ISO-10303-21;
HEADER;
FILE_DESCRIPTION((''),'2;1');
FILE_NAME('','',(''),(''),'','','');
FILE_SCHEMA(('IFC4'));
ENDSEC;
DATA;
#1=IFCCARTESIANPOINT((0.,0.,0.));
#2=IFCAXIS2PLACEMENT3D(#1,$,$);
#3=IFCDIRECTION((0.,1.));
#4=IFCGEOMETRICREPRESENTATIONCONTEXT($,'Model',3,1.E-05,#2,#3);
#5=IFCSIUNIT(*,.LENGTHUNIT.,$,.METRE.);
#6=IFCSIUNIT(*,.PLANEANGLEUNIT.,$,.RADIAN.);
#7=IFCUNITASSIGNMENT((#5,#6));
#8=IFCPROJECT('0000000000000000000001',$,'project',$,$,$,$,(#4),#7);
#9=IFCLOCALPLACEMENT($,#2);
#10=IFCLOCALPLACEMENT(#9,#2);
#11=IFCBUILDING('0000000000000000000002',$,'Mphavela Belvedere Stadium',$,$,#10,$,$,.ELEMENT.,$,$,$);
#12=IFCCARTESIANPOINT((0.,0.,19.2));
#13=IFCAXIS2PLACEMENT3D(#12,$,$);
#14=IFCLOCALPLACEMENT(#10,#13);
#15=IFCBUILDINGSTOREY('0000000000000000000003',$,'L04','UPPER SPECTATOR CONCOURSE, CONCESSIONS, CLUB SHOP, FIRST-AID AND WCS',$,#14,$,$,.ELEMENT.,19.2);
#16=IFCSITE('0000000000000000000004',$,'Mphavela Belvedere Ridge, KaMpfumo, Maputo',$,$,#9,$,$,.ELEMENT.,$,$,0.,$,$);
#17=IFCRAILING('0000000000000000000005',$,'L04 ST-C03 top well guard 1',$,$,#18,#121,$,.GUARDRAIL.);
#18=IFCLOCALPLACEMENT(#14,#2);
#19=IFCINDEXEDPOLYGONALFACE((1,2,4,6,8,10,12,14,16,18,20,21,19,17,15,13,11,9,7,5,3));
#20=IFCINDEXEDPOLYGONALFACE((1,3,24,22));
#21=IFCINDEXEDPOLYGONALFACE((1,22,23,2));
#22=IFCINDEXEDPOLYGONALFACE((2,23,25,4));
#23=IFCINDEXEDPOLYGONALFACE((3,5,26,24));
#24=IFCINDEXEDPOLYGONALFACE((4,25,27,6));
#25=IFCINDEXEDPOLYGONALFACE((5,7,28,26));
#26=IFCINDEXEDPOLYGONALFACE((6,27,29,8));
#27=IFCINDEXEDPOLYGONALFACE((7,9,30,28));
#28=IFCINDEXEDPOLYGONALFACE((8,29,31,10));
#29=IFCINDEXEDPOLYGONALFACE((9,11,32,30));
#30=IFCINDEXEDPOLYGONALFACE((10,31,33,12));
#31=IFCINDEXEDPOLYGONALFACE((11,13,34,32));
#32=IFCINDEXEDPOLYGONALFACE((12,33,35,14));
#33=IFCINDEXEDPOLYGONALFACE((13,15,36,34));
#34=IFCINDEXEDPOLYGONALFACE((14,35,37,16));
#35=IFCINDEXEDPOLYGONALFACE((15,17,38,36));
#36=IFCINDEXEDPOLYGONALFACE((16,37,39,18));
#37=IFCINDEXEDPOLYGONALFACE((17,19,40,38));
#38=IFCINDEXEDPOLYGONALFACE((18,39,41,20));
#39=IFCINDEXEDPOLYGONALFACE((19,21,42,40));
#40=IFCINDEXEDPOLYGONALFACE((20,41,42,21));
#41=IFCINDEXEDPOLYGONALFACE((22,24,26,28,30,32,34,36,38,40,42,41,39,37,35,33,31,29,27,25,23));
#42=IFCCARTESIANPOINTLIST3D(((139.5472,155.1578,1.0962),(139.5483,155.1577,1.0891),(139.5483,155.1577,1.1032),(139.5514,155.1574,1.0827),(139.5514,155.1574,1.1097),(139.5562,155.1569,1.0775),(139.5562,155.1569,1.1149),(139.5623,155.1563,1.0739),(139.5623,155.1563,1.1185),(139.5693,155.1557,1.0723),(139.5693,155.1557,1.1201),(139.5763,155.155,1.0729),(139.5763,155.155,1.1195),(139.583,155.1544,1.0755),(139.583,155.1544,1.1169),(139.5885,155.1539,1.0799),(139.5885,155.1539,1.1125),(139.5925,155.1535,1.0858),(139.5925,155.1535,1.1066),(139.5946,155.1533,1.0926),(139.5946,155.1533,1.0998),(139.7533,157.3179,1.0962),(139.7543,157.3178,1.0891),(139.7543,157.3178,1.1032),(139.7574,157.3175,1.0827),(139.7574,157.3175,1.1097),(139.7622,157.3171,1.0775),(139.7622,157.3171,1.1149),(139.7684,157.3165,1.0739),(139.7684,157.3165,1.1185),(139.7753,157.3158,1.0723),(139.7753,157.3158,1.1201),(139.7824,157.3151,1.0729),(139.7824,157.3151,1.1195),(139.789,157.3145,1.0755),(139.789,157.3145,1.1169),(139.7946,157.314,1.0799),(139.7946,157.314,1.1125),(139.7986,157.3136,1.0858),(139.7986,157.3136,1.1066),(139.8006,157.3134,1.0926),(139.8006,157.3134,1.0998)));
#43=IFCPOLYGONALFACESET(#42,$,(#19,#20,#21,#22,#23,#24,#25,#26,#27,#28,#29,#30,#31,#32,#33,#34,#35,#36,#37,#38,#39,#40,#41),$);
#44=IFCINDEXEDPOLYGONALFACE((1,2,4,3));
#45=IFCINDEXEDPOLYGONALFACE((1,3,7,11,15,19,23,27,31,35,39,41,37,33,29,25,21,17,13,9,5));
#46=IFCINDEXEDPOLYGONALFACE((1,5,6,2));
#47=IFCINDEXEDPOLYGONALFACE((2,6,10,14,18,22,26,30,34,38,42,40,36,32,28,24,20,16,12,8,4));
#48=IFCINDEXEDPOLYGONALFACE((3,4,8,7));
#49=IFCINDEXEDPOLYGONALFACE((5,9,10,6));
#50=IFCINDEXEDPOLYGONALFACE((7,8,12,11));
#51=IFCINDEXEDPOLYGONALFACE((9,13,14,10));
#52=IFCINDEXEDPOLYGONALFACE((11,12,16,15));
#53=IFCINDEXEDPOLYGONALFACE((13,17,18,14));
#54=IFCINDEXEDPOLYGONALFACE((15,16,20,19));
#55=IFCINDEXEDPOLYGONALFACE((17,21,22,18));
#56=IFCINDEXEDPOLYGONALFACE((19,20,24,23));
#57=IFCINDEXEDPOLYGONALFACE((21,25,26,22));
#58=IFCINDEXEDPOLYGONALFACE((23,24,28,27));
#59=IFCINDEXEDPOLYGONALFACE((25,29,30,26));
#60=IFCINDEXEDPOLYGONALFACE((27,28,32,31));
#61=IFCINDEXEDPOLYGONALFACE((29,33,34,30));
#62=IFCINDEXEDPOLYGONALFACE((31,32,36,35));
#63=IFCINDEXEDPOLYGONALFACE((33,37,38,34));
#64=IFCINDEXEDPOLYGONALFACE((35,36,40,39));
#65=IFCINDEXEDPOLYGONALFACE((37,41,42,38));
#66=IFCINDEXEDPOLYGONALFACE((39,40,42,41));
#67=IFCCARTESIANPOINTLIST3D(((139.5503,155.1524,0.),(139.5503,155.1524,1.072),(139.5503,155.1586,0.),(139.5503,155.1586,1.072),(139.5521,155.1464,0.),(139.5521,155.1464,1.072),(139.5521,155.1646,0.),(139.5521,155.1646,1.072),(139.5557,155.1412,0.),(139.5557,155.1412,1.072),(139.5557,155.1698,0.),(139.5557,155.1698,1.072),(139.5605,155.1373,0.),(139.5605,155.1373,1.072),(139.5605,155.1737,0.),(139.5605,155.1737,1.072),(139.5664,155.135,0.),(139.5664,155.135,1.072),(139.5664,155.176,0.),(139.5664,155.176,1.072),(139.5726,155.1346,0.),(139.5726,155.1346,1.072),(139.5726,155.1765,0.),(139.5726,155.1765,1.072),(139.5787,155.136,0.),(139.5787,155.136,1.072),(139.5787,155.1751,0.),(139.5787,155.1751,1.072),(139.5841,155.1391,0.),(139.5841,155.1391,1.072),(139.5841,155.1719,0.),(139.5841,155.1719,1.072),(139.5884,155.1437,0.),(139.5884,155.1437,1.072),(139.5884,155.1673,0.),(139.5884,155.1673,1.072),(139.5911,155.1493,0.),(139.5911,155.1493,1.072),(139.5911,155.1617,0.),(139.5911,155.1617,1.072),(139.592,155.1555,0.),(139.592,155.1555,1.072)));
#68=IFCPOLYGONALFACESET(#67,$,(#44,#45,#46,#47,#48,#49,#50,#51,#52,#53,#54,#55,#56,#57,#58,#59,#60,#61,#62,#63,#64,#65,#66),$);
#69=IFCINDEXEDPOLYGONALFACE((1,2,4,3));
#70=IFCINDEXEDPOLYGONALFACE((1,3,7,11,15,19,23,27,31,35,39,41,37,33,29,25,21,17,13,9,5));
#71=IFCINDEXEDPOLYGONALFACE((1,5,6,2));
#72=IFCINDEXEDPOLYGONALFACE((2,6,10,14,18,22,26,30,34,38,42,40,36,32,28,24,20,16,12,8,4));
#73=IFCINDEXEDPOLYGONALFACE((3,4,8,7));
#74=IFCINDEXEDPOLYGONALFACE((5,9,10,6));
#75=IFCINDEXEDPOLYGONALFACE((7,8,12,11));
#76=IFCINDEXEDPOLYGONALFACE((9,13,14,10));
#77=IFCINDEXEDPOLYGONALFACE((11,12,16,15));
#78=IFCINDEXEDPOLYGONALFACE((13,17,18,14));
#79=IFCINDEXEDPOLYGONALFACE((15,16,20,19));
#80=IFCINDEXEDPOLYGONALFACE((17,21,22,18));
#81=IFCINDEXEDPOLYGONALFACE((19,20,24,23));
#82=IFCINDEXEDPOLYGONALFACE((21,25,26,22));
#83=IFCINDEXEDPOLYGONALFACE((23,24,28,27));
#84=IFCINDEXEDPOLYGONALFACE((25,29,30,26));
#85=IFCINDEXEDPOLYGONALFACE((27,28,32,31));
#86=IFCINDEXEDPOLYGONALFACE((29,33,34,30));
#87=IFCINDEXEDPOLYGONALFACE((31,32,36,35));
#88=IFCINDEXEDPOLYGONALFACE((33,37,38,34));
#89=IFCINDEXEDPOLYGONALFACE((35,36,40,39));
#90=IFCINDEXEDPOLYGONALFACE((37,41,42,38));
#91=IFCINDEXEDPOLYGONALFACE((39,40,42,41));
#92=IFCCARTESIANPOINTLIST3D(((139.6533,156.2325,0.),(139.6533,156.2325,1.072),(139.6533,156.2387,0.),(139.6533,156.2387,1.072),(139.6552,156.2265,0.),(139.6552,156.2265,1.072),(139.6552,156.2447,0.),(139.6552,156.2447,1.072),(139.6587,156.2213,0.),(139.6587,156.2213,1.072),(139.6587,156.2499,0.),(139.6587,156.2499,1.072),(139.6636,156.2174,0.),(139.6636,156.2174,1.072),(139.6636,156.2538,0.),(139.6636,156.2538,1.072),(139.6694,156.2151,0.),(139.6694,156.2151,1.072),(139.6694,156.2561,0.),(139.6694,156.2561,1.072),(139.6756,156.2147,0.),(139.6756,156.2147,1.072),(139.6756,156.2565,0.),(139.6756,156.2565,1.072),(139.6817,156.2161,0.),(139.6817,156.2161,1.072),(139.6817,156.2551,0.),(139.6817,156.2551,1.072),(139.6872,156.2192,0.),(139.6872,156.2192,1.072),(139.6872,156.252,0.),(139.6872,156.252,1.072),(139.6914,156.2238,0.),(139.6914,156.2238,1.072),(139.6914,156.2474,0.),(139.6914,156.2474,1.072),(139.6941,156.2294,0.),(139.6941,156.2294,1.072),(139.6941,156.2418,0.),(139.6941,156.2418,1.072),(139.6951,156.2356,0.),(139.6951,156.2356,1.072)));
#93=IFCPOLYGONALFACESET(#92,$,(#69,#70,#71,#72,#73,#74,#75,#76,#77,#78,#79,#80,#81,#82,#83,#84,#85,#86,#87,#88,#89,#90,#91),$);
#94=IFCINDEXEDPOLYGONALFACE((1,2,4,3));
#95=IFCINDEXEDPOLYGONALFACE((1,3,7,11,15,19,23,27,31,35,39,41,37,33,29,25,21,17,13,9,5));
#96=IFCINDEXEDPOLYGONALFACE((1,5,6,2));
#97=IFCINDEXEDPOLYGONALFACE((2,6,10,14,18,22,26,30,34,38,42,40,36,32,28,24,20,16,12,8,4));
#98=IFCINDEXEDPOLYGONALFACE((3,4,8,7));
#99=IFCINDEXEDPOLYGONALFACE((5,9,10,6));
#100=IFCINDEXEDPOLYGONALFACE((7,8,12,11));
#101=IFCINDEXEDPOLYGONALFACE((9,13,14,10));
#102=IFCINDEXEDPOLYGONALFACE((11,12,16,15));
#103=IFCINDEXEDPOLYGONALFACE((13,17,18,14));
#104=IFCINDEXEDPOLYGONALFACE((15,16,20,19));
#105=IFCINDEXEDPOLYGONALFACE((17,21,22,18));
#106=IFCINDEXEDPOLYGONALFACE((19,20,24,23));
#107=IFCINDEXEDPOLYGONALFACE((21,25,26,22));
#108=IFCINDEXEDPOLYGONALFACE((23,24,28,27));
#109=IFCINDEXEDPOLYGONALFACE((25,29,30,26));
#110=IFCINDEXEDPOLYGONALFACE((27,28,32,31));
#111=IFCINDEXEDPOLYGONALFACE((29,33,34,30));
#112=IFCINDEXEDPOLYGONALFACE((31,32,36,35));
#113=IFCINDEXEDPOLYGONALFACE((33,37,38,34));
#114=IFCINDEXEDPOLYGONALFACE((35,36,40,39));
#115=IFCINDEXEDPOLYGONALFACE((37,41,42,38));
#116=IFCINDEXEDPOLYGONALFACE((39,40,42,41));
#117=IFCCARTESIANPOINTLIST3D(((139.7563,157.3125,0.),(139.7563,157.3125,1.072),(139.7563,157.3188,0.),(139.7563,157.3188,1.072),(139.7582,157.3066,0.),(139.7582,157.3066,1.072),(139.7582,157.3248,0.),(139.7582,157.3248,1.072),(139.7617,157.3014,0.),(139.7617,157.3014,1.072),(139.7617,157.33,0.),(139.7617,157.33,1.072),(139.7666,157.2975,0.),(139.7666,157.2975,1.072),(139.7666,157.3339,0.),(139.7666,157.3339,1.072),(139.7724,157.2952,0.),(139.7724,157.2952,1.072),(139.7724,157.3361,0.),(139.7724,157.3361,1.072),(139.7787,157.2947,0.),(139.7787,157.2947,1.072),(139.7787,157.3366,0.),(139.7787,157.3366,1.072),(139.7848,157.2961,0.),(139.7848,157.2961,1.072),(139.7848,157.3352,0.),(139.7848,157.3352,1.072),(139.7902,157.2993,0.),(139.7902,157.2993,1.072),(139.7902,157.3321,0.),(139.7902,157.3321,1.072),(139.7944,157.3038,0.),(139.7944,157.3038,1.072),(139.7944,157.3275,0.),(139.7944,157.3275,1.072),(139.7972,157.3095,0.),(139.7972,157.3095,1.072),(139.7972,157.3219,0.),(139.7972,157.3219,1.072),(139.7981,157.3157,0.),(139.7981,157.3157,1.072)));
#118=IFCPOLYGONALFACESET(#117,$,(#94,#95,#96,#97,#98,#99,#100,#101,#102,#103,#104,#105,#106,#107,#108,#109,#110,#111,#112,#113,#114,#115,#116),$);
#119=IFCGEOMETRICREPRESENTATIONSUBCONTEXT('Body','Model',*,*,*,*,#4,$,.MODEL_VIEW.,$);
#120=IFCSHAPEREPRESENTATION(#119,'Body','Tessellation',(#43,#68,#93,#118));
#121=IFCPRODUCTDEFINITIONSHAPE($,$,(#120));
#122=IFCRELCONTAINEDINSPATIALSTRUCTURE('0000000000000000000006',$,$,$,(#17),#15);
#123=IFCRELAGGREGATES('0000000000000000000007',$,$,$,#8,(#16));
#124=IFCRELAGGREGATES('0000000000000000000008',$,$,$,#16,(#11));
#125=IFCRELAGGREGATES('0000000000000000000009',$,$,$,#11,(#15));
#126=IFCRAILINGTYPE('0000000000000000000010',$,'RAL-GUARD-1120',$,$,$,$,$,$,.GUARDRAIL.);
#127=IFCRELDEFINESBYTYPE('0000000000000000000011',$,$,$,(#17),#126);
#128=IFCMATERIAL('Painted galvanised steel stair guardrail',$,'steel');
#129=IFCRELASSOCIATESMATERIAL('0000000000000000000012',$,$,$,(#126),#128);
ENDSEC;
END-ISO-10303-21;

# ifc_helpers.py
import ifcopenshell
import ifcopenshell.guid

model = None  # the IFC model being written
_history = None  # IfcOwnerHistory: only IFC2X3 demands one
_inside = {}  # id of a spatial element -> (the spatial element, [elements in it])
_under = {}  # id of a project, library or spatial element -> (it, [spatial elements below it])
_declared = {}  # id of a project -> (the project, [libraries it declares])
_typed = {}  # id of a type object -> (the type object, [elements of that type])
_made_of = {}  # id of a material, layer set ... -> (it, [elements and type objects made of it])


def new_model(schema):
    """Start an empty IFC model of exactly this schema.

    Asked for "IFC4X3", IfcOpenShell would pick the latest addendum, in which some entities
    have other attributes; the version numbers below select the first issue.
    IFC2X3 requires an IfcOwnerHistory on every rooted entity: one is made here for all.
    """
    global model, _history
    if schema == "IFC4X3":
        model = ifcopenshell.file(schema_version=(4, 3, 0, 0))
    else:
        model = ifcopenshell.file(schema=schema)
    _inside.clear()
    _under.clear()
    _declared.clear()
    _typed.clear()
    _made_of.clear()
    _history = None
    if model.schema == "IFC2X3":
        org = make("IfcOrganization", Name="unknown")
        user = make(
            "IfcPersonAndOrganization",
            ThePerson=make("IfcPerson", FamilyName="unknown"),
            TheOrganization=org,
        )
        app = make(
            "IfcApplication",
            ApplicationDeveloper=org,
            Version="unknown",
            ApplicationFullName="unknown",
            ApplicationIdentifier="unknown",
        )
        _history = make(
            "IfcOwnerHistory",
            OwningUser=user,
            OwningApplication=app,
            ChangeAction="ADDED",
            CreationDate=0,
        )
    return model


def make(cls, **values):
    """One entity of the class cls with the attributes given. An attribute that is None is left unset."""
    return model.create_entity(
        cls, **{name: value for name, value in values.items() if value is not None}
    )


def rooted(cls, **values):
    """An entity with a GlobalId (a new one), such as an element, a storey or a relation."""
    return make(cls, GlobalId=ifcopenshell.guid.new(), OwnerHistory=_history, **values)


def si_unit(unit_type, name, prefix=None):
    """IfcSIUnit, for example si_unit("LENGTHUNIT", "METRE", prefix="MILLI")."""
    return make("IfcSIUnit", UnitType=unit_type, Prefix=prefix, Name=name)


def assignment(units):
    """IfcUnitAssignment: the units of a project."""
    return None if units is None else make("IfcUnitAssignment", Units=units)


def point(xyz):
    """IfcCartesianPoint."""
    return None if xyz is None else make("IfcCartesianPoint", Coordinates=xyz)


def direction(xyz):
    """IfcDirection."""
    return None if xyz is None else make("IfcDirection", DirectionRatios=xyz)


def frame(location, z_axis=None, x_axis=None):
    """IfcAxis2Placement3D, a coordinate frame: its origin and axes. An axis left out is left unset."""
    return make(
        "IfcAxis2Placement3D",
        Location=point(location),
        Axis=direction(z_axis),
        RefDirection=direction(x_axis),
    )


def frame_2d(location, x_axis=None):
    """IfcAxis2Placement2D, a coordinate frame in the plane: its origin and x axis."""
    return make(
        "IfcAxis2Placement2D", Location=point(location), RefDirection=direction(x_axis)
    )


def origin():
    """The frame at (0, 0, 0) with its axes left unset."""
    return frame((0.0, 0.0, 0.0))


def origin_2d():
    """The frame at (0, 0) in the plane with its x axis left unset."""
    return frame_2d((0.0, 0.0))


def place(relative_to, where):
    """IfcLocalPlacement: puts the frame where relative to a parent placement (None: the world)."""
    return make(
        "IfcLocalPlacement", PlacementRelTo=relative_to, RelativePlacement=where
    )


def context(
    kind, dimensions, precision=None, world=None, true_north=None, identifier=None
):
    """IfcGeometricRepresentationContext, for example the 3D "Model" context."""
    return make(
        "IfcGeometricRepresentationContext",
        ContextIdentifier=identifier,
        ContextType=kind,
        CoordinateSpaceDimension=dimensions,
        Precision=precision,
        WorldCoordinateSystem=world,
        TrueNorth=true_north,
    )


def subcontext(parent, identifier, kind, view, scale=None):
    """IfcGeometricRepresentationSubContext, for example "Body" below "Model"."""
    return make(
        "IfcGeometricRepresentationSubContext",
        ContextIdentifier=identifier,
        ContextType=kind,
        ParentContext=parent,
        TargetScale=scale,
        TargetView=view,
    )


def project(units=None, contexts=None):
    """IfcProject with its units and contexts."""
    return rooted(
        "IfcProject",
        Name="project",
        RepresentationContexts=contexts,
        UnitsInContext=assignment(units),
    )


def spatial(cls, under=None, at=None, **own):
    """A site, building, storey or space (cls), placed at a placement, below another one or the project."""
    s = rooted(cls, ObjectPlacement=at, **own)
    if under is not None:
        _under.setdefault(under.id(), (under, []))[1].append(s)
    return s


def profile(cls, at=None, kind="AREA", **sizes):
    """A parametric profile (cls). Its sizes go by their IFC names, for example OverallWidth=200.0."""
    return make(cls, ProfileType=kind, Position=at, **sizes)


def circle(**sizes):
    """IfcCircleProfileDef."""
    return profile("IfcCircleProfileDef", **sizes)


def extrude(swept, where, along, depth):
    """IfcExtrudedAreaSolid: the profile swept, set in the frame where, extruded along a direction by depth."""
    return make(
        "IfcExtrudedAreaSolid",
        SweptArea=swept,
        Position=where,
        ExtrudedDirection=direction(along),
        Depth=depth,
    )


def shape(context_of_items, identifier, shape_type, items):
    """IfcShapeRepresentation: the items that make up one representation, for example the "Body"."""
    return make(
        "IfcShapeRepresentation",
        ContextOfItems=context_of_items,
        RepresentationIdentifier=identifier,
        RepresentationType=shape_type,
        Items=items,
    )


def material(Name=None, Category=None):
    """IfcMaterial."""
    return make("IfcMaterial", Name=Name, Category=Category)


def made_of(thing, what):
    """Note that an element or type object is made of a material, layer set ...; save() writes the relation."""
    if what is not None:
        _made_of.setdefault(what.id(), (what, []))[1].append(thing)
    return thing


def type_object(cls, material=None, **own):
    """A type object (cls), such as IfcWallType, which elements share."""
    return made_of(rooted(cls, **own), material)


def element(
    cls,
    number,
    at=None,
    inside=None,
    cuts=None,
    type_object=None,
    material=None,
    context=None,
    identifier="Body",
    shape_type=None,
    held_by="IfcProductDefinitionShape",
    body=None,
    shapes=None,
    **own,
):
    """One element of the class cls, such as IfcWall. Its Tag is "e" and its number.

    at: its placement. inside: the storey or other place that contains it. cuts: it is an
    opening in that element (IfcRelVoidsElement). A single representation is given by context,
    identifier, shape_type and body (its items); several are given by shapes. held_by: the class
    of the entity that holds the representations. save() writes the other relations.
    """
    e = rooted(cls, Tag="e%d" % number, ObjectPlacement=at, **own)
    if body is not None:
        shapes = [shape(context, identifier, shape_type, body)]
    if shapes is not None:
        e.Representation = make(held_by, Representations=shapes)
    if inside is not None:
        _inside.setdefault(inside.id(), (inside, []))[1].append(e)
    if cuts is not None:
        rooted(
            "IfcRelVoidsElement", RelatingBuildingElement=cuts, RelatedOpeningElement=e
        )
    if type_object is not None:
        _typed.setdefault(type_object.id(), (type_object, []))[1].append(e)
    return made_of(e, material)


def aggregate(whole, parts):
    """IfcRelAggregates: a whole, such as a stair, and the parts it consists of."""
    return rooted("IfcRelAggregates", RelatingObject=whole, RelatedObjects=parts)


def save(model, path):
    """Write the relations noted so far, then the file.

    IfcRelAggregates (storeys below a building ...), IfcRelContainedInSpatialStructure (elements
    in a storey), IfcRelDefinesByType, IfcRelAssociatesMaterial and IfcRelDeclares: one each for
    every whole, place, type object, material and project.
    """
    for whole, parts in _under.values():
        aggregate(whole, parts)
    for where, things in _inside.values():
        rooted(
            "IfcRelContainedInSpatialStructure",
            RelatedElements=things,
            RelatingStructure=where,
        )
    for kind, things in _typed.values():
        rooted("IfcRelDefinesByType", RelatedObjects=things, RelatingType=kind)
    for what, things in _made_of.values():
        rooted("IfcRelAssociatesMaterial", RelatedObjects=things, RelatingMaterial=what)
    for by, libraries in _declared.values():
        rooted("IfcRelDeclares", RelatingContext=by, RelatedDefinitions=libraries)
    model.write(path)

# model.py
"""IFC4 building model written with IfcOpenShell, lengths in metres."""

from ifc_helpers import new_model, si_unit, direction, frame, origin, origin_2d, place, context, subcontext, project, spatial, circle, extrude, material, type_object, element, save


model = new_model("IFC4")

# Units and contexts
model_context = context("Model", 3, precision=1e-05, world=origin(), true_north=direction((0.0, 1.0)))
body_context = subcontext(model_context, "Body", "Model", "MODEL_VIEW")
ifc_project = project(units=[si_unit("LENGTHUNIT", "METRE"), si_unit("PLANEANGLEUNIT", "RADIAN")], contexts=[model_context])

# Site, building, storey
site_placement = place(None, origin())
site = spatial("IfcSite", under=ifc_project, at=site_placement, Name="Mphavela Belvedere Ridge, KaMpfumo, Maputo", CompositionType="ELEMENT", RefElevation=0.0)
building_placement = place(site_placement, origin())
building = spatial("IfcBuilding", under=site, at=building_placement, Name="Mphavela Belvedere Stadium", CompositionType="ELEMENT")
storey_placement = place(building_placement, frame((0.0, 0.0, 19.2)))
storey = spatial("IfcBuildingStorey", under=building, at=storey_placement, Name="L04", Description="UPPER SPECTATOR CONCOURSE, CONCESSIONS, CLUB SHOP, FIRST-AID AND WCS", CompositionType="ELEMENT", Elevation=19.2)

# Railing
ifc_material_1 = material(Name="Painted galvanised steel stair guardrail", Category="steel")
railing_type = type_object("IfcRailingType", Name="RAL-GUARD-1120", PredefinedType="GUARDRAIL", material=ifc_material_1)
railing_placement = place(storey_placement, frame((139.571, 155.1555, 0.0)))
element("IfcRailing", 1, at=railing_placement, inside=storey, type_object=railing_type, Name="L04 ST-C03 top well guard 1", PredefinedType="GUARDRAIL", context=body_context, shape_type="SweptSolid", body=[
    extrude(circle(Radius=0.0239, at=origin_2d()), frame((0.0, 0.0, 1.0962), z_axis=(0.094958, 0.995481, 0.0), x_axis=(-0.995481, 0.094958, 0.0)), (0.0, 0.0, 1.0), 2.1699),
    extrude(circle(Radius=0.021, at=origin_2d()), origin(), (0.0, 0.0, 1.0), 1.072),
    extrude(circle(Radius=0.021, at=origin_2d()), frame((0.103, 1.0801, 0.0)), (0.0, 0.0, 1.0), 1.072),
    extrude(circle(Radius=0.021, at=origin_2d()), frame((0.2061, 2.1602, 0.0)), (0.0, 0.0, 1.0), 1.072),
])

save(model, "model.ifc")
